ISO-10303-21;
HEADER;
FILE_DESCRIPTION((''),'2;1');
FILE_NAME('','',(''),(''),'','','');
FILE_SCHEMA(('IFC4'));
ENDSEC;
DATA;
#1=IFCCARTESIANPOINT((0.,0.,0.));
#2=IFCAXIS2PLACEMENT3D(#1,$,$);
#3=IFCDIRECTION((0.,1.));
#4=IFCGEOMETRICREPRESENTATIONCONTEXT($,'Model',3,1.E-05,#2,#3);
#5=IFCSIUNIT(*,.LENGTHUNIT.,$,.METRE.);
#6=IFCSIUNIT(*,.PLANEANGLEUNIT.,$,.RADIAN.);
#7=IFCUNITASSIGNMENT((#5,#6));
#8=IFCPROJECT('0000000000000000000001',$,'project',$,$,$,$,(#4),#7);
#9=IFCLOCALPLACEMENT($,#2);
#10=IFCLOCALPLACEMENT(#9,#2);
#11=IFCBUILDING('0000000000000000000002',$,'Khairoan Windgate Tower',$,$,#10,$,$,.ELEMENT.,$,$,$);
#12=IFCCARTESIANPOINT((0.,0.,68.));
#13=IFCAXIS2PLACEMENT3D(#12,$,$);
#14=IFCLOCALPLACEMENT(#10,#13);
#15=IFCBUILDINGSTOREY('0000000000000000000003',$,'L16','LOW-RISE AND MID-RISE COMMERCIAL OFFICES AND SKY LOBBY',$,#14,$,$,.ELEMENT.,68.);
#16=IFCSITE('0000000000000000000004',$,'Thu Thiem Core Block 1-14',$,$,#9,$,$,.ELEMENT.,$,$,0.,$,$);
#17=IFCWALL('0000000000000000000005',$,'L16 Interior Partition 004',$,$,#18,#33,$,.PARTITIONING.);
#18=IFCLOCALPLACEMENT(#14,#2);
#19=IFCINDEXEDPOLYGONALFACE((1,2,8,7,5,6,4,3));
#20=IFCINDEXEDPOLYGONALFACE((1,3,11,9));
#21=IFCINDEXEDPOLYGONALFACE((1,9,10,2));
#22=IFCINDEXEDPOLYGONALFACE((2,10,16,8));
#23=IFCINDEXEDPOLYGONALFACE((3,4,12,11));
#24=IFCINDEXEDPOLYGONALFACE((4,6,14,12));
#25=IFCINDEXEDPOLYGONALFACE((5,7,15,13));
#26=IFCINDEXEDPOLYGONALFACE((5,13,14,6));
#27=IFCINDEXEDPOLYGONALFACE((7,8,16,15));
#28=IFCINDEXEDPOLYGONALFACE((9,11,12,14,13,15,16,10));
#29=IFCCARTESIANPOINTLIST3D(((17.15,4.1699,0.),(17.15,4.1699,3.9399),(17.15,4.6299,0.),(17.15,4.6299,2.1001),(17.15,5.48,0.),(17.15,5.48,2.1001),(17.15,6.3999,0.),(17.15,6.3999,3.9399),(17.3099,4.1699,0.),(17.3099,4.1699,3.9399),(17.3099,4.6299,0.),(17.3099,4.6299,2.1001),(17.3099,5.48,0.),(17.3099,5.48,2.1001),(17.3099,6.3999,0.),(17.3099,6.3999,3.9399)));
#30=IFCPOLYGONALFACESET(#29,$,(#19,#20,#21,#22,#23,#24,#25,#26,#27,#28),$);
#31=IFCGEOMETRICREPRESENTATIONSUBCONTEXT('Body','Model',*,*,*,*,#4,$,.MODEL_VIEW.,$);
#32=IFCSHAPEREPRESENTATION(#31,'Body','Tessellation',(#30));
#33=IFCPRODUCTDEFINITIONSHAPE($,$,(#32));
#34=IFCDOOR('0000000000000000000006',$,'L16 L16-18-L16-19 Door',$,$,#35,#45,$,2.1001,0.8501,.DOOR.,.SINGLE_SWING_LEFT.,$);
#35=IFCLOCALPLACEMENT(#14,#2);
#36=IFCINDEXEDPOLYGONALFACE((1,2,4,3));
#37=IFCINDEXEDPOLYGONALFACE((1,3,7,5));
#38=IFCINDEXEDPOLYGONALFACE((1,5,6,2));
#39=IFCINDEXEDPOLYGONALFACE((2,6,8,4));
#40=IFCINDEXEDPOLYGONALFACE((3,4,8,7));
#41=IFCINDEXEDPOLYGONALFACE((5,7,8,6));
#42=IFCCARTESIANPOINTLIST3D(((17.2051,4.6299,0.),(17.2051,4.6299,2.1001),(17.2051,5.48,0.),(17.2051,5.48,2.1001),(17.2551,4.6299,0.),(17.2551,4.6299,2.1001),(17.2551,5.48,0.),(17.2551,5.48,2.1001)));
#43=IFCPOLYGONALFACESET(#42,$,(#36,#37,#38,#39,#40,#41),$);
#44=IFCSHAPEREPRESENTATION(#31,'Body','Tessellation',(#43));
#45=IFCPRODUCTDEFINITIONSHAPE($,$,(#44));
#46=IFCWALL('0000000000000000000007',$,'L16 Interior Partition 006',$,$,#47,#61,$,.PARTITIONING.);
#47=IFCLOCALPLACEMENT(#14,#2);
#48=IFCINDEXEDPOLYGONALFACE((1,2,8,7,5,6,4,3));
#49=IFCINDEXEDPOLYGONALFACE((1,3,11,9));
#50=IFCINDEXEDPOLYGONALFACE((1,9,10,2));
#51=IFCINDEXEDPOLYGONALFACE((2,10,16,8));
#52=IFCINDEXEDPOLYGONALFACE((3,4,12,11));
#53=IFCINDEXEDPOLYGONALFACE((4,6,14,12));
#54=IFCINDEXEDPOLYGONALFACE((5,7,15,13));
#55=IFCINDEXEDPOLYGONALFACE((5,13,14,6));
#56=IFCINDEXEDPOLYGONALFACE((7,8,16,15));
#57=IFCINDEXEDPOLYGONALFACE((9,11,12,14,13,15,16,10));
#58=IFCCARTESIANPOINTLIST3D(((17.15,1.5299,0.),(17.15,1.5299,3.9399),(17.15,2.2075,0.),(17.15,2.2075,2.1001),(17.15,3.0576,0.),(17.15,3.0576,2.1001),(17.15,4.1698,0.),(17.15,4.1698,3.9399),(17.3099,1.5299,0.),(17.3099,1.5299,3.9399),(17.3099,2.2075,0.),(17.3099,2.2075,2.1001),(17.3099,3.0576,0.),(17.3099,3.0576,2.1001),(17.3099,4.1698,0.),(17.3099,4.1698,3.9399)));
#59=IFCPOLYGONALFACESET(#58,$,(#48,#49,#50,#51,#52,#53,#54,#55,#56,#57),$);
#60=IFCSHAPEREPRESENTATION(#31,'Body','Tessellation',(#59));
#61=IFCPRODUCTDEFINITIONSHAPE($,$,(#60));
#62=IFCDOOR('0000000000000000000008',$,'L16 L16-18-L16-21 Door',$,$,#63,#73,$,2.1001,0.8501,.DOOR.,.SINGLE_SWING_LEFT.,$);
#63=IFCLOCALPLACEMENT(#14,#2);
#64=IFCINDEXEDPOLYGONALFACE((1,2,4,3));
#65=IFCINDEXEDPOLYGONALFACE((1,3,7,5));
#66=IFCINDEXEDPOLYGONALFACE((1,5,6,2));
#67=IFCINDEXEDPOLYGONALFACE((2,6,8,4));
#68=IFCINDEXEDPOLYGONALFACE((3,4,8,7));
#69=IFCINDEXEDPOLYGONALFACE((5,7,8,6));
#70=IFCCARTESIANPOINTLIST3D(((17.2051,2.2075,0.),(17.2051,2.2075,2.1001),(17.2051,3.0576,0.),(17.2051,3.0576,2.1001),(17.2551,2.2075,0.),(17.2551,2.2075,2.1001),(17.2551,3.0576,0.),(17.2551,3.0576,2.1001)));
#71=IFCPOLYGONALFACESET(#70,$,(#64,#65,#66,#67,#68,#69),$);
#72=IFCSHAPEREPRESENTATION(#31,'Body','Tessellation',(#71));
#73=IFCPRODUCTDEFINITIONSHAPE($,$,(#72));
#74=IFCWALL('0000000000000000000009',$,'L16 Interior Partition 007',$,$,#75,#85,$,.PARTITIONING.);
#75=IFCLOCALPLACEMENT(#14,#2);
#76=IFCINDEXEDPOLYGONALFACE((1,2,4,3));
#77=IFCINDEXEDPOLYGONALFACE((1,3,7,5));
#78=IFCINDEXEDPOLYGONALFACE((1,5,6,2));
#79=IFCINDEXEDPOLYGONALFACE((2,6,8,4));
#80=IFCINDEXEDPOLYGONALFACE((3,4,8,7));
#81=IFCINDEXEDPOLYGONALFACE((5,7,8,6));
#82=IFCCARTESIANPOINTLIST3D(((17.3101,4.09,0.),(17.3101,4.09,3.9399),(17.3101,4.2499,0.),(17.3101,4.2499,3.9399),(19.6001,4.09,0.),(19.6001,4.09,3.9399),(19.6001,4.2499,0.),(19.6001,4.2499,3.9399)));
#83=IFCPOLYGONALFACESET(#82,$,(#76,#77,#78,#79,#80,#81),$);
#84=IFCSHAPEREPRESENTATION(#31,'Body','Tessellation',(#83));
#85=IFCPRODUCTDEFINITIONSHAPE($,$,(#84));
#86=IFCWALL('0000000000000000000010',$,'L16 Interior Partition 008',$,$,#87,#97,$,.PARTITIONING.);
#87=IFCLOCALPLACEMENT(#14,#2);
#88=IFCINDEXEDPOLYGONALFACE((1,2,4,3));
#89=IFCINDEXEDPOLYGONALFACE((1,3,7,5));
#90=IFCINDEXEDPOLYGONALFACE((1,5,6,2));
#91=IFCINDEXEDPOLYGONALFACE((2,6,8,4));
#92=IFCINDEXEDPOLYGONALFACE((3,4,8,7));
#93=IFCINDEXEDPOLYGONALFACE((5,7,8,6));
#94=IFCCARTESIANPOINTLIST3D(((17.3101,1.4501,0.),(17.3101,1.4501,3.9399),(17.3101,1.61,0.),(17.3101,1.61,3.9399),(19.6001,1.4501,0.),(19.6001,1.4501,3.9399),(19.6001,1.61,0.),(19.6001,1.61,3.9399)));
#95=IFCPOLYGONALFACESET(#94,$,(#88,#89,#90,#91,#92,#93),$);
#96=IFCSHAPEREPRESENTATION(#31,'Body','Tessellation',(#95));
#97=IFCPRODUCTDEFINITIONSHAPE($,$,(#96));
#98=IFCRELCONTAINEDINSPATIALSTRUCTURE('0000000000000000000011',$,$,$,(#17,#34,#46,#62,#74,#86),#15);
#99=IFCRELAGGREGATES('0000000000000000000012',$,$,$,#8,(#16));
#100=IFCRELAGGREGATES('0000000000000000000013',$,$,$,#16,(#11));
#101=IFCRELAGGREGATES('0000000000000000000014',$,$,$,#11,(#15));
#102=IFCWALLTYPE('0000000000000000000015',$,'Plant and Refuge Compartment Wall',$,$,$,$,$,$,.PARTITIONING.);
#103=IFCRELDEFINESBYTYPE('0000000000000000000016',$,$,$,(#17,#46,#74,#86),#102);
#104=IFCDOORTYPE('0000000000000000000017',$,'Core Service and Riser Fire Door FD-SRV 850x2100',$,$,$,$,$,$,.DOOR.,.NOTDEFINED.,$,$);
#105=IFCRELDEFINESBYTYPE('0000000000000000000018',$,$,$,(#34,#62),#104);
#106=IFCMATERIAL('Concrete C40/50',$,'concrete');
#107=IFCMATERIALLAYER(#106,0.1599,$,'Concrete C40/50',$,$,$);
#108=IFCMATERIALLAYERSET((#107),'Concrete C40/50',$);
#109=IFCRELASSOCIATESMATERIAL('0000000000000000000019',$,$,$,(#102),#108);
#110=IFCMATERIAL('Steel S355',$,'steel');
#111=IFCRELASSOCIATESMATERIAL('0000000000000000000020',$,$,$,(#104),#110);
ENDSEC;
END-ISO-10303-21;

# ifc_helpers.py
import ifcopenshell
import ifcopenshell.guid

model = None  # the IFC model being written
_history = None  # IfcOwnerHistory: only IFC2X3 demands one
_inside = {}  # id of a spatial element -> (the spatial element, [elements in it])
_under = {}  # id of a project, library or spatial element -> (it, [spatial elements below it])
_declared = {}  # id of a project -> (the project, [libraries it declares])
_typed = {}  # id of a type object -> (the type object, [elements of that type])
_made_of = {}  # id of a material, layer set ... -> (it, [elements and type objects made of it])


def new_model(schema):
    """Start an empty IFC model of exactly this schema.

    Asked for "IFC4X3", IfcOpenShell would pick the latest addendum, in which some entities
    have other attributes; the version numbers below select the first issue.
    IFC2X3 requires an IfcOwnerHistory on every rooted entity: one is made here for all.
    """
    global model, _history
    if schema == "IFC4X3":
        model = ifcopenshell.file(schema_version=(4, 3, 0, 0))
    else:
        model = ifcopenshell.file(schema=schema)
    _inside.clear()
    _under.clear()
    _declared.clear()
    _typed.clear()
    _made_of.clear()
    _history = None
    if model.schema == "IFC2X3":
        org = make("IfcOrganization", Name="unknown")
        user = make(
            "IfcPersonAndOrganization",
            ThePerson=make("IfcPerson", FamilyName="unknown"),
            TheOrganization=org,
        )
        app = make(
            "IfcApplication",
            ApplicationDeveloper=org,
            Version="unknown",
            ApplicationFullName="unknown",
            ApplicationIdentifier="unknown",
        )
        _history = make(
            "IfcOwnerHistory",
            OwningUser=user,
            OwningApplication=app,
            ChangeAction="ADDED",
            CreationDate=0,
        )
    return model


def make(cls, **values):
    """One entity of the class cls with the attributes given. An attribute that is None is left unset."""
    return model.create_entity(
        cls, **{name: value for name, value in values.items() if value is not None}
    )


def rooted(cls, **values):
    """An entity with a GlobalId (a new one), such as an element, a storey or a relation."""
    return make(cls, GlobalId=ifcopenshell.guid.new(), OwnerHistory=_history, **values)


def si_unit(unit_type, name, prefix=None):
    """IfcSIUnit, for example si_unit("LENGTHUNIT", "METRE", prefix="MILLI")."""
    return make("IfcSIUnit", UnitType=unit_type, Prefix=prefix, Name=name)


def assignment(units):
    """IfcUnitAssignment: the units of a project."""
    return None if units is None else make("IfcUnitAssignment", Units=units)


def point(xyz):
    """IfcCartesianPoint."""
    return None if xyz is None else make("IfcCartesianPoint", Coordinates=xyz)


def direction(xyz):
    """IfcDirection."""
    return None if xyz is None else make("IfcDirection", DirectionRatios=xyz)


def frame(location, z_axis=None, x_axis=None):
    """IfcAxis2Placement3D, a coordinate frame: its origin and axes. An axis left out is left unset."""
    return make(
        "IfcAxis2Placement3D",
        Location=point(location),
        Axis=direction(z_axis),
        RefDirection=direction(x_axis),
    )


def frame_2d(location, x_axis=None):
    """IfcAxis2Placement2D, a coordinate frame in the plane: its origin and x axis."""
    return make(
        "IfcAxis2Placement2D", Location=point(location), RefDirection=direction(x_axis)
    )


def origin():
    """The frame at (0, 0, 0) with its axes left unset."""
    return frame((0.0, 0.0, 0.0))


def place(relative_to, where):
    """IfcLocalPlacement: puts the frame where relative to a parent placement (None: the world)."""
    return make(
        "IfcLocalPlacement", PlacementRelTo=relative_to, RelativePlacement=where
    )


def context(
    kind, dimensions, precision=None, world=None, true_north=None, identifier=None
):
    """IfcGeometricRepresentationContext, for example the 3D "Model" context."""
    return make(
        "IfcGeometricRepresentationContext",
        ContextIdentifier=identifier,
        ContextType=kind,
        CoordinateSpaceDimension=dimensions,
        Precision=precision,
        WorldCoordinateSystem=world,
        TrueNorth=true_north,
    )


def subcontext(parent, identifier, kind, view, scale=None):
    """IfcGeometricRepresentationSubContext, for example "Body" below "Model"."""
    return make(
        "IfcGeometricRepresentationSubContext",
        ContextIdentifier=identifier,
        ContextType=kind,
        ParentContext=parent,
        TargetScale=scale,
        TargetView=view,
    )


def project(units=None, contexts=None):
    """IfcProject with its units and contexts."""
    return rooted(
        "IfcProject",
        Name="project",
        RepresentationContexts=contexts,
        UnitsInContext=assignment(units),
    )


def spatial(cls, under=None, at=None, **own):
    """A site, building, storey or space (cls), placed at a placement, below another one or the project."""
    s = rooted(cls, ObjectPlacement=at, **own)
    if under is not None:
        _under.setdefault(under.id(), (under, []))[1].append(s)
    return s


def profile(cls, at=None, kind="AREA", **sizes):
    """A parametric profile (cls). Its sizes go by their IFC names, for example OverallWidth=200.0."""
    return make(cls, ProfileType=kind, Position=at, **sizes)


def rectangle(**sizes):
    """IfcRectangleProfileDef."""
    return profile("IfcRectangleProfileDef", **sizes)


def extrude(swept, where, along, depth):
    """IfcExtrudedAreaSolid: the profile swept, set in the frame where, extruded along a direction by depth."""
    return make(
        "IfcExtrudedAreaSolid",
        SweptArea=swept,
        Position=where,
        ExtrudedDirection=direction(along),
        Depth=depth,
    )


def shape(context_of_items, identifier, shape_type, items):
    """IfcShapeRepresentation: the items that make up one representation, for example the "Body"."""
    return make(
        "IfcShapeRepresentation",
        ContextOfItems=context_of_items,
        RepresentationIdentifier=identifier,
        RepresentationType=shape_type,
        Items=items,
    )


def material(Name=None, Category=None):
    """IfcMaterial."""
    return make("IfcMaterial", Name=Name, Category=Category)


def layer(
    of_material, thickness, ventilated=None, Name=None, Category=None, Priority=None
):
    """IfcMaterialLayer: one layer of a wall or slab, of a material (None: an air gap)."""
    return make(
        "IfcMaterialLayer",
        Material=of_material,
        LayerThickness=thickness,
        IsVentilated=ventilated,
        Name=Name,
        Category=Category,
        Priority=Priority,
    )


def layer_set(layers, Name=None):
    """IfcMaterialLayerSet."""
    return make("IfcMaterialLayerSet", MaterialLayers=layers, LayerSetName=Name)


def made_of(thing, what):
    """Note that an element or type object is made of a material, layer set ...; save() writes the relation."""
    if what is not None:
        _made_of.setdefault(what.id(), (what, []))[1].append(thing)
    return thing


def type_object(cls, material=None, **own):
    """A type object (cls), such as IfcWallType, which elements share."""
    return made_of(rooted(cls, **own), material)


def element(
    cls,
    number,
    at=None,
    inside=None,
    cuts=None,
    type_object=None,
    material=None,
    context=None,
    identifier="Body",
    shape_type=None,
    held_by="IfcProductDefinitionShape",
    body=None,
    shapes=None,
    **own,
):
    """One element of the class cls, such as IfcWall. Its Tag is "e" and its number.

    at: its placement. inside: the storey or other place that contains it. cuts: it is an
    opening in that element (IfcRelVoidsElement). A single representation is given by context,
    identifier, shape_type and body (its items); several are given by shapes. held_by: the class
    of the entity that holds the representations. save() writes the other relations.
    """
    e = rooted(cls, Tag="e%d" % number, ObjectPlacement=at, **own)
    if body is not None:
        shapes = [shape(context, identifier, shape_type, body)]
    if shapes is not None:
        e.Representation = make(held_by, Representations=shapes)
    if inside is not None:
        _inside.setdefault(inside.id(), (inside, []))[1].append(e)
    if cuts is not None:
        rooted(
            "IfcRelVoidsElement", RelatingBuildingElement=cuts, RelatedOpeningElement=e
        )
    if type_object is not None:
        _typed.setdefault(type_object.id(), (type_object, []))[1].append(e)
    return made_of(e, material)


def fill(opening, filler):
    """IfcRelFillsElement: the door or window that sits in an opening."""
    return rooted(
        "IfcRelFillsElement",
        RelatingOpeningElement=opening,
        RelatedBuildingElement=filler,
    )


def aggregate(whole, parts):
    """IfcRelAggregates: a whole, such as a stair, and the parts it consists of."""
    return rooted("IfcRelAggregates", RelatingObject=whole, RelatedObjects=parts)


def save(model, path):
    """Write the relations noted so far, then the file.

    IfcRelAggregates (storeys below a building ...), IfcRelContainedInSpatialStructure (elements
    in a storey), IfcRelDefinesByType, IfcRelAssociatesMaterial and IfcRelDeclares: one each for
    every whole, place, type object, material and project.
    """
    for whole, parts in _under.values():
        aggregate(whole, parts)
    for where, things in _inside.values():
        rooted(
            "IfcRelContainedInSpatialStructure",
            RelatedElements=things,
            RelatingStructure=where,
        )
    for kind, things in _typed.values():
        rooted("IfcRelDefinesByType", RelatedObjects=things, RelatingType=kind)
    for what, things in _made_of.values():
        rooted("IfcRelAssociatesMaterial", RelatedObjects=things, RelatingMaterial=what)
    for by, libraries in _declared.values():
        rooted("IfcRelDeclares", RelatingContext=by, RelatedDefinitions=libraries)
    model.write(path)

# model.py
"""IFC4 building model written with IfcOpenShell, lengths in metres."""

from ifc_helpers import new_model, si_unit, direction, frame, frame_2d, origin, place, context, subcontext, project, spatial, rectangle, extrude, material, layer, layer_set, type_object, element, fill, save


model = new_model("IFC4")

# Units and contexts
model_context = context("Model", 3, precision=1e-05, world=origin(), true_north=direction((0.0, 1.0)))
body_context = subcontext(model_context, "Body", "Model", "MODEL_VIEW")
ifc_project = project(units=[si_unit("LENGTHUNIT", "METRE"), si_unit("PLANEANGLEUNIT", "RADIAN")], contexts=[model_context])

# Site, building, storey
site_placement = place(None, origin())
site = spatial("IfcSite", under=ifc_project, at=site_placement, Name="Thu Thiem Core Block 1-14", CompositionType="ELEMENT", RefElevation=0.0)
building_placement = place(site_placement, origin())
building = spatial("IfcBuilding", under=site, at=building_placement, Name="Khairoan Windgate Tower", CompositionType="ELEMENT")
storey_placement = place(building_placement, frame((0.0, 0.0, 68.0)))
storey = spatial("IfcBuildingStorey", under=building, at=storey_placement, Name="L16", Description="LOW-RISE AND MID-RISE COMMERCIAL OFFICES AND SKY LOBBY", CompositionType="ELEMENT", Elevation=68.0)

# Walls, openings, doors
ifc_material_1 = material(Name="Concrete C40/50", Category="concrete")
ifc_layer_1 = layer(ifc_material_1, 0.1599, Name="Concrete C40/50")
ifc_layer_set_1 = layer_set([ifc_layer_1], Name="Concrete C40/50")
wall_type_1 = type_object("IfcWallType", Name="Plant and Refuge Compartment Wall", PredefinedType="PARTITIONING", material=ifc_layer_set_1)
wall_1_placement = place(storey_placement, frame((17.23, 4.1699, 0.0), z_axis=(0.0, 0.0, 1.0), x_axis=(0.0, 1.0, 0.0)))
wall_1 = element("IfcWall", 1, at=wall_1_placement, inside=storey, type_object=wall_type_1, Name="L16 Interior Partition 004", PredefinedType="PARTITIONING", context=body_context, shape_type="SweptSolid", body=[
    extrude(rectangle(XDim=2.23, YDim=0.1599, at=frame_2d((1.115, 0.0))), origin(), (0.0, 0.0, 1.0), 3.9399),
])
opening_1_placement = place(wall_1_placement, frame((0.46, 0.0, 0.0)))
opening_1 = element("IfcOpeningElement", 2, at=opening_1_placement, cuts=wall_1, PredefinedType="OPENING", context=body_context, shape_type="SweptSolid", body=[
    extrude(rectangle(XDim=0.8501, YDim=2.1001, at=frame_2d((0.425, 1.05))), frame((0.0, 0.0898, 0.0), z_axis=(0.0, -1.0, 0.0), x_axis=(1.0, 0.0, 0.0)), (0.0, 0.0, 1.0), 0.1799),
])
ifc_material_2 = material(Name="Steel S355", Category="steel")
door_type = type_object("IfcDoorType", Name="Core Service and Riser Fire Door FD-SRV 850x2100", OperationType="NOTDEFINED", PredefinedType="DOOR", material=ifc_material_2)
door_1_placement = place(opening_1_placement, origin())
door_1 = element("IfcDoor", 3, at=door_1_placement, inside=storey, type_object=door_type, Name="L16 L16-18-L16-19 Door", OperationType="SINGLE_SWING_LEFT", OverallHeight=2.1001, OverallWidth=0.8501, PredefinedType="DOOR", context=body_context, shape_type="SweptSolid", body=[
    extrude(rectangle(XDim=0.8501, YDim=2.1001, at=frame_2d((0.425, 1.05))), frame((0.0, 0.0249, 0.0), z_axis=(0.0, -1.0, 0.0), x_axis=(1.0, 0.0, 0.0)), (0.0, 0.0, 1.0), 0.05),
])
fill(opening_1, door_1)
wall_2_placement = place(storey_placement, frame((17.23, 1.53, 0.0), z_axis=(0.0, 0.0, 1.0), x_axis=(0.0, 1.0, 0.0)))
wall_2 = element("IfcWall", 4, at=wall_2_placement, inside=storey, type_object=wall_type_1, Name="L16 Interior Partition 006", PredefinedType="PARTITIONING", context=body_context, shape_type="SweptSolid", body=[
    extrude(rectangle(XDim=2.6399, YDim=0.1599, at=frame_2d((1.3198, 0.0))), origin(), (0.0, 0.0, 1.0), 3.9399),
])
opening_2_placement = place(wall_2_placement, frame((0.6775, 0.0, 0.0)))
opening_2 = element("IfcOpeningElement", 5, at=opening_2_placement, cuts=wall_2, PredefinedType="OPENING", context=body_context, shape_type="SweptSolid", body=[
    extrude(rectangle(XDim=0.8501, YDim=2.1001, at=frame_2d((0.425, 1.05))), frame((0.0, 0.0898, 0.0), z_axis=(0.0, -1.0, 0.0), x_axis=(1.0, 0.0, 0.0)), (0.0, 0.0, 1.0), 0.1799),
])
door_2_placement = place(opening_2_placement, origin())
door_2 = element("IfcDoor", 6, at=door_2_placement, inside=storey, type_object=door_type, Name="L16 L16-18-L16-21 Door", OperationType="SINGLE_SWING_LEFT", OverallHeight=2.1001, OverallWidth=0.8501, PredefinedType="DOOR", context=body_context, shape_type="SweptSolid", body=[
    extrude(rectangle(XDim=0.8501, YDim=2.1001, at=frame_2d((0.425, 1.05))), frame((0.0, 0.0249, 0.0), z_axis=(0.0, -1.0, 0.0), x_axis=(1.0, 0.0, 0.0)), (0.0, 0.0, 1.0), 0.05),
])
fill(opening_2, door_2)

# Walls
for number, where, z_axis, x_axis, name in (
    (7, (17.3101, 4.1699, 0.0), (0.0, 0.0, 1.0), (1.0, 0.0, 0.0), "L16 Interior Partition 007"),
    (8, (17.3101, 1.53, 0.0), (0.0, 0.0, 1.0), (1.0, 0.0, 0.0), "L16 Interior Partition 008"),
):
    element("IfcWall", number, at=place(storey_placement, frame(where, z_axis=z_axis, x_axis=x_axis)), inside=storey, type_object=wall_type_1, Name=name, PredefinedType="PARTITIONING", context=body_context, shape_type="SweptSolid", body=[
        extrude(rectangle(XDim=2.29, YDim=0.1599, at=frame_2d((1.145, 0.0))), origin(), (0.0, 0.0, 1.0), 3.9399),
    ])

save(model, "model.ifc")
